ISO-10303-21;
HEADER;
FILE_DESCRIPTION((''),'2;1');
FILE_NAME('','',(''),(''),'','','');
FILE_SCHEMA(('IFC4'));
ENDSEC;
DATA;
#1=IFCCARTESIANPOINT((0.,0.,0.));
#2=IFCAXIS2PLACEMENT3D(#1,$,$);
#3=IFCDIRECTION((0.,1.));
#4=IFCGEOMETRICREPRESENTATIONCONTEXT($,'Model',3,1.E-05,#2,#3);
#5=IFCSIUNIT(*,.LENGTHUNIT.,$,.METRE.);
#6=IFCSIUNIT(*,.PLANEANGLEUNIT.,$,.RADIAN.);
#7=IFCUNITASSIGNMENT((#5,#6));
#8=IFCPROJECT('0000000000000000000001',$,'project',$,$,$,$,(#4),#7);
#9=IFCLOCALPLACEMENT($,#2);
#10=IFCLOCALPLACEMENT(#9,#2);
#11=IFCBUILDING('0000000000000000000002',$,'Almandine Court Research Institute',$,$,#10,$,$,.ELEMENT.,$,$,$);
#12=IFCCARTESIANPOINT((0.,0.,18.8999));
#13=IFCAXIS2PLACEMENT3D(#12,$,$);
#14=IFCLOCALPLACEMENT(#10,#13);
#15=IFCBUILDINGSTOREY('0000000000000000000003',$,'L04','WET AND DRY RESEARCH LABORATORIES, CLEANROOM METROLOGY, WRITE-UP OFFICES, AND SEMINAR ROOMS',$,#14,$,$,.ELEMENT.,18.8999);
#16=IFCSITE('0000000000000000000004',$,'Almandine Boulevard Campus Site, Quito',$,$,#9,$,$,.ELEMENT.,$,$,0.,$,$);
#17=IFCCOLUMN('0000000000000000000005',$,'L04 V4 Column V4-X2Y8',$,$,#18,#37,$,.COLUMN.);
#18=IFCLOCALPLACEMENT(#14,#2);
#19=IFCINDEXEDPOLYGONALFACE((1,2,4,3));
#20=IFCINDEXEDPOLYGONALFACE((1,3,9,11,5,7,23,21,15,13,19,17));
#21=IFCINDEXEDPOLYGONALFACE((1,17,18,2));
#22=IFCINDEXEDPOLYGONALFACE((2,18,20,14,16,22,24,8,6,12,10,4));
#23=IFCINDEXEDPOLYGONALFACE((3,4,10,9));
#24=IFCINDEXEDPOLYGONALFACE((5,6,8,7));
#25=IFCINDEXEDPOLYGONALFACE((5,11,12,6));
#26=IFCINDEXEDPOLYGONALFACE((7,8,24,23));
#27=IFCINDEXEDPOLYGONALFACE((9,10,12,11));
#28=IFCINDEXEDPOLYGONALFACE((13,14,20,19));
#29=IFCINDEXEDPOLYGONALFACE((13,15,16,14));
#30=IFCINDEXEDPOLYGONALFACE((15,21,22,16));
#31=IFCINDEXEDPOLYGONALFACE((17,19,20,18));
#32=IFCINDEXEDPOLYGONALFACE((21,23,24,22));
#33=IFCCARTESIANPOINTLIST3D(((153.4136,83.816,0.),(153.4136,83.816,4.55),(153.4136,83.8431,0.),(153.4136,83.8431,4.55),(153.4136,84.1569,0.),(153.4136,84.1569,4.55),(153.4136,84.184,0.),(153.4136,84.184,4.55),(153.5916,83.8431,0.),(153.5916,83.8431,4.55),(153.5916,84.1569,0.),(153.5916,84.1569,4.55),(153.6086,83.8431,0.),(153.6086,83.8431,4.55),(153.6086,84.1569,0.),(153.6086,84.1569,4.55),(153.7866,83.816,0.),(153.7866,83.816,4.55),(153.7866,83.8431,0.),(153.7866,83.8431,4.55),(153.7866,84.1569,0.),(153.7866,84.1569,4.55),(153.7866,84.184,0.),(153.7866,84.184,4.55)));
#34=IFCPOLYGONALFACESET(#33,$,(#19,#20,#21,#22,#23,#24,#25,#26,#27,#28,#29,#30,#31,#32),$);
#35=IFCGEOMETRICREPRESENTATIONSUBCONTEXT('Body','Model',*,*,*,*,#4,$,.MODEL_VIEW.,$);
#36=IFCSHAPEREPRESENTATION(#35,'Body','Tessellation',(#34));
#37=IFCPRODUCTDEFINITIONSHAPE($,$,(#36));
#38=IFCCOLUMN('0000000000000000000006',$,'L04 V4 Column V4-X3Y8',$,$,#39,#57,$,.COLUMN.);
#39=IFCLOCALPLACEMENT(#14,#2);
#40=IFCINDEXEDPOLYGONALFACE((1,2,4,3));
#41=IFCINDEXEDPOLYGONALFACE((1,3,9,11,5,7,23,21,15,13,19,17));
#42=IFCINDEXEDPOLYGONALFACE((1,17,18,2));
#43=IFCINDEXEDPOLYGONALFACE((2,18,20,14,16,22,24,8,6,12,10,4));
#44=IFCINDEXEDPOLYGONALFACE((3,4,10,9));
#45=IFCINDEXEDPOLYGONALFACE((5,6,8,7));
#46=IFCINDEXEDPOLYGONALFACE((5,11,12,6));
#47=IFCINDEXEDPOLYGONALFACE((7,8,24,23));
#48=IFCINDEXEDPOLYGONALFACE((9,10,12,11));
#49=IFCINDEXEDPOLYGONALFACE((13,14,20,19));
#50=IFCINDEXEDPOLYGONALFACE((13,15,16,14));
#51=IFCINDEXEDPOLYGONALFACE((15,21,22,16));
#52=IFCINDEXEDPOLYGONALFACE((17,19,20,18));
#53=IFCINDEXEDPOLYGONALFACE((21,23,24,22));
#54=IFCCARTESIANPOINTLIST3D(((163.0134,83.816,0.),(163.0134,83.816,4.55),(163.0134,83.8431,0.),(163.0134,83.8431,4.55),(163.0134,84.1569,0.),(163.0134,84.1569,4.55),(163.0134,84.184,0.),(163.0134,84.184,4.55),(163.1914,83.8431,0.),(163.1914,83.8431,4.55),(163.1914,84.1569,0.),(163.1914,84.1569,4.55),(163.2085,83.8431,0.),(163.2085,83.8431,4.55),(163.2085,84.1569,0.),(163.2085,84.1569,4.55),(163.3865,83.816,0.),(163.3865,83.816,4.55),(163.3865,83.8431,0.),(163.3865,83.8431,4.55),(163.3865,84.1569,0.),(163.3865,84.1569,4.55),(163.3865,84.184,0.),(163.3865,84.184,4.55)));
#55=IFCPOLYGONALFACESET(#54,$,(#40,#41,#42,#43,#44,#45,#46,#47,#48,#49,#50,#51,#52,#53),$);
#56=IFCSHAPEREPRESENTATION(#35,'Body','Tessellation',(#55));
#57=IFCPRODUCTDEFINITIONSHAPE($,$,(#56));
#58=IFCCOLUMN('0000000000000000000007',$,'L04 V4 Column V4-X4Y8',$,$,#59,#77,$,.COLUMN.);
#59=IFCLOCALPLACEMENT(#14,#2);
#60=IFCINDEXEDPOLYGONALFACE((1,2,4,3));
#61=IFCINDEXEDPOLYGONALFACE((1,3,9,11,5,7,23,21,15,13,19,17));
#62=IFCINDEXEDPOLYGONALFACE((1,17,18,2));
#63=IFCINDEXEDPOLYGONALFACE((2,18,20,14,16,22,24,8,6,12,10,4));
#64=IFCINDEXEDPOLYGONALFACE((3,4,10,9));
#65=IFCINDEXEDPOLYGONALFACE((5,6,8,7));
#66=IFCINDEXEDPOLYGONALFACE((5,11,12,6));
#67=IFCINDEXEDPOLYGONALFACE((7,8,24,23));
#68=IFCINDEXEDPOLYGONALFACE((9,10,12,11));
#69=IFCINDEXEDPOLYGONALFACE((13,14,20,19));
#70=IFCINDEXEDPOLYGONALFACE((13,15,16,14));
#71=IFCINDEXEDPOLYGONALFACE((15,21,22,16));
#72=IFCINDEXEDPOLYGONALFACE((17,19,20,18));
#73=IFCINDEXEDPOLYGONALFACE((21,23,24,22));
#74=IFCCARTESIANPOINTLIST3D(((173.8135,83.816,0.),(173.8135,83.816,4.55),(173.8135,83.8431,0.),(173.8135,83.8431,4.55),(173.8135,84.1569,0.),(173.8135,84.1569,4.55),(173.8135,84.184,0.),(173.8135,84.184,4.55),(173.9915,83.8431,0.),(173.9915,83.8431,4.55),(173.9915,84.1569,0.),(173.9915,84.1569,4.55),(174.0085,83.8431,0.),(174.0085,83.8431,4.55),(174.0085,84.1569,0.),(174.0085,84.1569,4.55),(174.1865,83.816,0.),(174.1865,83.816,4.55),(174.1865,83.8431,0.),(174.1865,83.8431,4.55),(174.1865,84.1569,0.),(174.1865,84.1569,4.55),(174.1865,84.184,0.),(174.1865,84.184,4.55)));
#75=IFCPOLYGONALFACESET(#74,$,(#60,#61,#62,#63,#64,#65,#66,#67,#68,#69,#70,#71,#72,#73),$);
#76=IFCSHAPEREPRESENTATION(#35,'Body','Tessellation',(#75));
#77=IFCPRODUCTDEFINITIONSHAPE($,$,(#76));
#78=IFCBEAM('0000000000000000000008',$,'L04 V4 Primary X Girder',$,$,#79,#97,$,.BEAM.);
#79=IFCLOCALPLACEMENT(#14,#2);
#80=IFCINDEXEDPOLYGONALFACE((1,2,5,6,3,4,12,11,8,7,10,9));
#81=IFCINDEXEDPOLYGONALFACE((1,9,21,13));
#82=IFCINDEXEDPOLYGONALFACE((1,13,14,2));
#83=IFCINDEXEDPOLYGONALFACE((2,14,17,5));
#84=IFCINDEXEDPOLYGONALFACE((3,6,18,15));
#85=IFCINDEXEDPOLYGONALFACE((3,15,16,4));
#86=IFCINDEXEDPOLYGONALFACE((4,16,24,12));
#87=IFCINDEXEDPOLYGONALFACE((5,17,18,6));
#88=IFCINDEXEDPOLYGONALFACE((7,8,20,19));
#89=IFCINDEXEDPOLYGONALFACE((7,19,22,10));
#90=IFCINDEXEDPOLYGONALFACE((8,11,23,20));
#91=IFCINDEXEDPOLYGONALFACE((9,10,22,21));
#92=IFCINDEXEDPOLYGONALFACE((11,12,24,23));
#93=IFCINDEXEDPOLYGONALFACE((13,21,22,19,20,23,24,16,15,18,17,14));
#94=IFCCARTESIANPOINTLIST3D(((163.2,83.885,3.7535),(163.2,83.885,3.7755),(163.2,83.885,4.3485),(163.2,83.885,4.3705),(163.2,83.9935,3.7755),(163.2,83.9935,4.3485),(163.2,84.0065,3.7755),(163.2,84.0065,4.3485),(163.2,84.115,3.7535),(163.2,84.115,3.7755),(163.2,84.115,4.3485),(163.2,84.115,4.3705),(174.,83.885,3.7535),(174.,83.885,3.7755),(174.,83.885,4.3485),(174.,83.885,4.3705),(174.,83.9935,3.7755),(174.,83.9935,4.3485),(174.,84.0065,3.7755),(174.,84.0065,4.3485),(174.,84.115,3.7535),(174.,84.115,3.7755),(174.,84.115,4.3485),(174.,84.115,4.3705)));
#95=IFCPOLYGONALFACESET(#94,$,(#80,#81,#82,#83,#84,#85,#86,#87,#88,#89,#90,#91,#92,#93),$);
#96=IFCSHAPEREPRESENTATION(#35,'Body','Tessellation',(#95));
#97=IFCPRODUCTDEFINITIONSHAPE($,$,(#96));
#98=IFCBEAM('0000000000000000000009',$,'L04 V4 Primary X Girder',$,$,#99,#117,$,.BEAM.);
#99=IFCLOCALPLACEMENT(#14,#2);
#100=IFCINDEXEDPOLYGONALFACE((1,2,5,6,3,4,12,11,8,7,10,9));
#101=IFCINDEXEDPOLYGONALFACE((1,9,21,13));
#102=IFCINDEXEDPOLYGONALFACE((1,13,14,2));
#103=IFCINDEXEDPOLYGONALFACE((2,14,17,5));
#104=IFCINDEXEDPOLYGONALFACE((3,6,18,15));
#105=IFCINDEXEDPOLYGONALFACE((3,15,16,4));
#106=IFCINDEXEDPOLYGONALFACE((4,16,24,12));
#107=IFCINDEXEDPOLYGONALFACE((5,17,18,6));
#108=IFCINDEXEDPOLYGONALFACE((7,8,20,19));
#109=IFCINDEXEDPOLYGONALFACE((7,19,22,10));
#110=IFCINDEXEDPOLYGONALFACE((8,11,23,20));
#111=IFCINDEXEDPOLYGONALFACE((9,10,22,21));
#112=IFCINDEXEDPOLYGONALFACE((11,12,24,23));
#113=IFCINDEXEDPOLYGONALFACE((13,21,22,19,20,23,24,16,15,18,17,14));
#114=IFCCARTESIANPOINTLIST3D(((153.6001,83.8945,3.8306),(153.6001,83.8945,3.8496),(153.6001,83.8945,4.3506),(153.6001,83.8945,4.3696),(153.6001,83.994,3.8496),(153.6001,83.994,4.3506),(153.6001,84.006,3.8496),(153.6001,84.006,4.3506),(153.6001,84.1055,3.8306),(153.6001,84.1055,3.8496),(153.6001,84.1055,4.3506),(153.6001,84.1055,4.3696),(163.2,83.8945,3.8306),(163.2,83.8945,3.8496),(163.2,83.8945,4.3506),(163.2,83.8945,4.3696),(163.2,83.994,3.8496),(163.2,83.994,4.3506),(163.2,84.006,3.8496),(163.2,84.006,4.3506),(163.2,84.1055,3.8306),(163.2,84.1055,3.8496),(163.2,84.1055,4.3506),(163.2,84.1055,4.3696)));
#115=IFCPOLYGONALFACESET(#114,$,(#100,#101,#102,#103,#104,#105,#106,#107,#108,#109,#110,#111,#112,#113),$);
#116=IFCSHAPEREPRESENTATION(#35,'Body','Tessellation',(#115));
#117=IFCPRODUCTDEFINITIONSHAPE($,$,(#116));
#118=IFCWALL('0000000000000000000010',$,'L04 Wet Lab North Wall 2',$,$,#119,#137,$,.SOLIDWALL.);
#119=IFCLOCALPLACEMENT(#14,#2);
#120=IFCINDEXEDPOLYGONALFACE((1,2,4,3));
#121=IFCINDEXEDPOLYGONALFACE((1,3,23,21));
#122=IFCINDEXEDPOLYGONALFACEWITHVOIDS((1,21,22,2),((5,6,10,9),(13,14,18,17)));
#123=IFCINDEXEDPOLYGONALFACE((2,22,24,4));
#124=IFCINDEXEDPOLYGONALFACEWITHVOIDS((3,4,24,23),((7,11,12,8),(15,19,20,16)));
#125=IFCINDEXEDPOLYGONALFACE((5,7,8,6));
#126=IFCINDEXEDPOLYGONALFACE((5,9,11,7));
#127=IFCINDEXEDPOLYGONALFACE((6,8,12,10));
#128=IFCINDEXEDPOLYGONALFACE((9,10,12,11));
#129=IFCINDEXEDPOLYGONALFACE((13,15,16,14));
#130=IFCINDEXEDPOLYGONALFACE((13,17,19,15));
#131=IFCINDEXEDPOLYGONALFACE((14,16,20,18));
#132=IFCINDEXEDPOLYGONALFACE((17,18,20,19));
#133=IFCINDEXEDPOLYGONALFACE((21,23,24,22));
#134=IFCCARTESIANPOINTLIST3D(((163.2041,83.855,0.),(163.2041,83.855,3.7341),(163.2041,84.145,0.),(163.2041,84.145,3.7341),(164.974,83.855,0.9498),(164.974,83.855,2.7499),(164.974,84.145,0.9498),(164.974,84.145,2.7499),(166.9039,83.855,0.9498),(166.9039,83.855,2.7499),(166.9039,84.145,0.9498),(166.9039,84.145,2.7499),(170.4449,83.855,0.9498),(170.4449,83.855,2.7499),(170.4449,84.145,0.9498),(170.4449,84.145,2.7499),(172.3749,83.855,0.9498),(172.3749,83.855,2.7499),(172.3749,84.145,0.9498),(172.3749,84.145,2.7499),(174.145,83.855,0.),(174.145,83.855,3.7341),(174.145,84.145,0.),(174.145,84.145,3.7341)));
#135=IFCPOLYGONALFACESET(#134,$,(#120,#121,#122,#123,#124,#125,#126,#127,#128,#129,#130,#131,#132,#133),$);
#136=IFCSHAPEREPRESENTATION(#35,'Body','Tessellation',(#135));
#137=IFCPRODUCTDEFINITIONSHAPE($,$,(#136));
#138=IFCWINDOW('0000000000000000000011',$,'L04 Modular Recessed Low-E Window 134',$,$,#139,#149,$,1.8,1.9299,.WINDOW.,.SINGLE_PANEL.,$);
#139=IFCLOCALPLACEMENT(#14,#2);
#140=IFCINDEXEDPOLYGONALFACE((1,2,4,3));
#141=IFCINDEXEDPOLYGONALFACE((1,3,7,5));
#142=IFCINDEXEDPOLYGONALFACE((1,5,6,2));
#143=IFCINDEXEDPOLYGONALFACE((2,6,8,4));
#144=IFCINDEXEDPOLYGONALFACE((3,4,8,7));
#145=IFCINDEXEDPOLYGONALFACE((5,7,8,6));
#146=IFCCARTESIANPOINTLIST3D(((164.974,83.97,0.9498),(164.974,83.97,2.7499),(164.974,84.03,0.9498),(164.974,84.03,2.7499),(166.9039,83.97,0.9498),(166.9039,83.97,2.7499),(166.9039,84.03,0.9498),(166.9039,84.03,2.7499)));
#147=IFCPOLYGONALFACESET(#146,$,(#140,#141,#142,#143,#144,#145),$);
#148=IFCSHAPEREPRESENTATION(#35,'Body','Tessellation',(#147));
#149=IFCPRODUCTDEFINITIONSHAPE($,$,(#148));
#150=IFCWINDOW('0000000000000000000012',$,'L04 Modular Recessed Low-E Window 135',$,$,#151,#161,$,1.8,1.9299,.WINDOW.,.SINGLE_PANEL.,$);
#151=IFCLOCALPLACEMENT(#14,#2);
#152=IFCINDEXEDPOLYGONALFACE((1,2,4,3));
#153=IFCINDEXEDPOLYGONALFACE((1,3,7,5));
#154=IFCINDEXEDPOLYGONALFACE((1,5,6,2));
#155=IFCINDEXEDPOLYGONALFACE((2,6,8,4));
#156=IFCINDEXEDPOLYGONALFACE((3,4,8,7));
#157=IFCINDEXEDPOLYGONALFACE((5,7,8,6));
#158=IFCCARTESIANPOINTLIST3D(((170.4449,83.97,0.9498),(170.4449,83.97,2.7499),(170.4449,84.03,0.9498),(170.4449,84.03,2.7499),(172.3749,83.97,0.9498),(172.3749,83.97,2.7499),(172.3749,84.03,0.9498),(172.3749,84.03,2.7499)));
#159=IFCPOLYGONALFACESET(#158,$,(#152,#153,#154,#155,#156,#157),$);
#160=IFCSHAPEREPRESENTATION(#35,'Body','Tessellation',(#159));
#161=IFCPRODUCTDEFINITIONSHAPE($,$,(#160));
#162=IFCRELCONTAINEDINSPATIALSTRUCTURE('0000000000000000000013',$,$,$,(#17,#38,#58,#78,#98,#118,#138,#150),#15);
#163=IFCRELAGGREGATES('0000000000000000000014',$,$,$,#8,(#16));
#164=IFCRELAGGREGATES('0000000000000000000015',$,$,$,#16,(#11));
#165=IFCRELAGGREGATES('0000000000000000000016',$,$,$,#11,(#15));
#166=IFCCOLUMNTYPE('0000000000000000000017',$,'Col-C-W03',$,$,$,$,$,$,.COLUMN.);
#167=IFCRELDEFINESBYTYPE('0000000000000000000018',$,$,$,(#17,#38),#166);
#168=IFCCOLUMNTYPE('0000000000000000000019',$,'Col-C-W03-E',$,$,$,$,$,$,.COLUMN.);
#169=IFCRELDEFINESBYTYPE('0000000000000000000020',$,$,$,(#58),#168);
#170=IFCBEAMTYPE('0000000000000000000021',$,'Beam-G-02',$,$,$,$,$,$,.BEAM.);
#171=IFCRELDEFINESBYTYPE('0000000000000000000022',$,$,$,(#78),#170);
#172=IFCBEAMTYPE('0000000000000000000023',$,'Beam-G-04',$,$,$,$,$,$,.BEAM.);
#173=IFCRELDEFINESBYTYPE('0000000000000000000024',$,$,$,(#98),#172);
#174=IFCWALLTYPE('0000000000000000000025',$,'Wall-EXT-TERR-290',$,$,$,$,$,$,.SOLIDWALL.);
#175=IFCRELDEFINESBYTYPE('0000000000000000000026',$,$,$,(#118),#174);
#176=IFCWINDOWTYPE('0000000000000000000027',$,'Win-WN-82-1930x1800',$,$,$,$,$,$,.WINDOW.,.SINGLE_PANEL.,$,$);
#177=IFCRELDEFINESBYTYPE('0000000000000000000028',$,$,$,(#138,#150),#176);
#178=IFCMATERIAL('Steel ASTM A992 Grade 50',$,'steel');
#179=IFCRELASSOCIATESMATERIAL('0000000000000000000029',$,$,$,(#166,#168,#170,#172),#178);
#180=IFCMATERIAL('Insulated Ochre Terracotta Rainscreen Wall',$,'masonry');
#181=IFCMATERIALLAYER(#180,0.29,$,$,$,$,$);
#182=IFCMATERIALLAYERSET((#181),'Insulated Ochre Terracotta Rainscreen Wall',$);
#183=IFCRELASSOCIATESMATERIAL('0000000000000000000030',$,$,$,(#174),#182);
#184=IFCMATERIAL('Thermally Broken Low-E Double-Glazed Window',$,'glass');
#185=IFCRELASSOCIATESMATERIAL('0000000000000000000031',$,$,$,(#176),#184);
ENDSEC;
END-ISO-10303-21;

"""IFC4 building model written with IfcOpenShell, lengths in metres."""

from ifc_helpers import new_model, si_unit, direction, frame, frame_2d, origin, origin_2d, place, context, subcontext, project, spatial, rectangle, i_section, extrude, material, layer, layer_set, material_profile, profile_set, type_object, element, fill, save


model = new_model("IFC4")

# Units and contexts
model_context = context("Model", 3, precision=1e-05, world=origin(), true_north=direction((0.0, 1.0)))
body_context = subcontext(model_context, "Body", "Model", "MODEL_VIEW")
ifc_project = project(units=[si_unit("LENGTHUNIT", "METRE"), si_unit("PLANEANGLEUNIT", "RADIAN")], contexts=[model_context])

# Site, building, storey
site_placement = place(None, origin())
site = spatial("IfcSite", under=ifc_project, at=site_placement, Name="Almandine Boulevard Campus Site, Quito", CompositionType="ELEMENT", RefElevation=0.0)
building_placement = place(site_placement, origin())
building = spatial("IfcBuilding", under=site, at=building_placement, Name="Almandine Court Research Institute", CompositionType="ELEMENT")
storey_placement = place(building_placement, frame((0.0, 0.0, 18.8999)))
storey = spatial("IfcBuildingStorey", under=building, at=storey_placement, Name="L04", Description="WET AND DRY RESEARCH LABORATORIES, CLEANROOM METROLOGY, WRITE-UP OFFICES, AND SEMINAR ROOMS", CompositionType="ELEMENT", Elevation=18.8999)

# Columns
ifc_material_1 = material(Name="Steel ASTM A992 Grade 50", Category="steel")
ifc_material_profile_1 = material_profile(ifc_material_1, i_section(OverallWidth=0.373, OverallDepth=0.3679, WebThickness=0.0171, FlangeThickness=0.0271, at=origin_2d()), Name="W360x179")
ifc_profile_set_1 = profile_set([ifc_material_profile_1], Name="Steel ASTM A992 Grade 50")
column_type_1 = type_object("IfcColumnType", Name="Col-C-W03", PredefinedType="COLUMN", material=ifc_profile_set_1)
for number, where, z_axis, x_axis, name in (
    (1, (153.6001, 84.0, 0.0), (0.0, 0.0, 1.0), (1.0, 0.0, 0.0), "L04 V4 Column V4-X2Y8"),
    (2, (163.2, 84.0, 0.0), (0.0, 0.0, 1.0), (1.0, 0.0, 0.0), "L04 V4 Column V4-X3Y8"),
):
    element("IfcColumn", number, at=place(storey_placement, frame(where, z_axis=z_axis, x_axis=x_axis)), inside=storey, type_object=column_type_1, Name=name, PredefinedType="COLUMN", context=body_context, shape_type="SweptSolid", body=[
        extrude(i_section(OverallWidth=0.373, OverallDepth=0.3679, WebThickness=0.0171, FlangeThickness=0.0271, at=origin_2d()), origin(), (0.0, 0.0, 1.0), 4.55),
    ])
ifc_material_profile_2 = material_profile(ifc_material_1, i_section(OverallWidth=0.373, OverallDepth=0.3679, WebThickness=0.0171, FlangeThickness=0.0271, at=origin_2d()), Name="W360x179")
ifc_profile_set_2 = profile_set([ifc_material_profile_2], Name="Steel ASTM A992 Grade 50")
column_type_2 = type_object("IfcColumnType", Name="Col-C-W03-E", PredefinedType="COLUMN", material=ifc_profile_set_2)
column_placement = place(storey_placement, frame((174.0, 84.0, 0.0), z_axis=(0.0, 0.0, 1.0), x_axis=(1.0, 0.0, 0.0)))
element("IfcColumn", 3, at=column_placement, inside=storey, type_object=column_type_2, Name="L04 V4 Column V4-X4Y8", PredefinedType="COLUMN", context=body_context, shape_type="SweptSolid", body=[
    extrude(i_section(OverallWidth=0.373, OverallDepth=0.3679, WebThickness=0.0171, FlangeThickness=0.0271, at=origin_2d()), origin(), (0.0, 0.0, 1.0), 4.55),
])

# Beams
ifc_material_profile_3 = material_profile(ifc_material_1, i_section(OverallWidth=0.23, OverallDepth=0.6169, WebThickness=0.0129, FlangeThickness=0.022, at=origin_2d()), Name="W610x140")
ifc_profile_set_3 = profile_set([ifc_material_profile_3], Name="Steel ASTM A992 Grade 50")
beam_type_1 = type_object("IfcBeamType", Name="Beam-G-02", PredefinedType="BEAM", material=ifc_profile_set_3)
beam_1_placement = place(storey_placement, frame((163.2, 84.0, 4.062), z_axis=(1.0, 0.0, 0.0), x_axis=(0.0, 1.0, 0.0)))
element("IfcBeam", 4, at=beam_1_placement, inside=storey, type_object=beam_type_1, Name="L04 V4 Primary X Girder", PredefinedType="BEAM", context=body_context, shape_type="SweptSolid", body=[
    extrude(i_section(OverallWidth=0.23, OverallDepth=0.6169, WebThickness=0.0129, FlangeThickness=0.022, at=origin_2d()), origin(), (0.0, 0.0, 1.0), 10.8),
])
ifc_material_profile_4 = material_profile(ifc_material_1, i_section(OverallWidth=0.2109, OverallDepth=0.5391, WebThickness=0.012, FlangeThickness=0.019, at=origin_2d()), Name="W530x109")
ifc_profile_set_4 = profile_set([ifc_material_profile_4], Name="Steel ASTM A992 Grade 50")
beam_type_2 = type_object("IfcBeamType", Name="Beam-G-04", PredefinedType="BEAM", material=ifc_profile_set_4)
beam_2_placement = place(storey_placement, frame((153.6001, 84.0, 4.1001), z_axis=(1.0, 0.0, 0.0), x_axis=(0.0, 1.0, 0.0)))
element("IfcBeam", 5, at=beam_2_placement, inside=storey, type_object=beam_type_2, Name="L04 V4 Primary X Girder", PredefinedType="BEAM", context=body_context, shape_type="SweptSolid", body=[
    extrude(i_section(OverallWidth=0.2109, OverallDepth=0.5391, WebThickness=0.012, FlangeThickness=0.019, at=origin_2d()), origin(), (0.0, 0.0, 1.0), 9.5999),
])

# Wall, openings, windows
ifc_material_2 = material(Name="Insulated Ochre Terracotta Rainscreen Wall", Category="masonry")
ifc_layer_1 = layer(ifc_material_2, 0.29)
ifc_layer_set_1 = layer_set([ifc_layer_1], Name="Insulated Ochre Terracotta Rainscreen Wall")
wall_type_1 = type_object("IfcWallType", Name="Wall-EXT-TERR-290", PredefinedType="SOLIDWALL", material=ifc_layer_set_1)
wall_1_placement = place(storey_placement, frame((163.2041, 84.0, 0.0), z_axis=(0.0, 0.0, 1.0), x_axis=(1.0, 0.0, 0.0)))
wall_1 = element("IfcWall", 6, at=wall_1_placement, inside=storey, type_object=wall_type_1, Name="L04 Wet Lab North Wall 2", PredefinedType="SOLIDWALL", context=body_context, shape_type="SweptSolid", body=[
    extrude(rectangle(XDim=10.9409, YDim=0.29, at=frame_2d((5.4705, 0.0))), origin(), (0.0, 0.0, 1.0), 3.7341),
])
opening_1_placement = place(wall_1_placement, frame((1.77, 0.0, 0.95)))
opening_1 = element("IfcOpeningElement", 7, at=opening_1_placement, cuts=wall_1, PredefinedType="OPENING", context=body_context, shape_type="SweptSolid", body=[
    extrude(rectangle(XDim=1.9299, YDim=1.8, at=frame_2d((0.9648, 0.8999))), frame((0.0, 0.155, 0.0), z_axis=(0.0, -1.0, 0.0), x_axis=(1.0, 0.0, 0.0)), (0.0, 0.0, 1.0), 0.3101),
])
opening_2_placement = place(wall_1_placement, frame((7.241, 0.0, 0.95)))
opening_2 = element("IfcOpeningElement", 8, at=opening_2_placement, cuts=wall_1, PredefinedType="OPENING", context=body_context, shape_type="SweptSolid", body=[
    extrude(rectangle(XDim=1.9299, YDim=1.8, at=frame_2d((0.9648, 0.8999))), frame((0.0, 0.155, 0.0), z_axis=(0.0, -1.0, 0.0), x_axis=(1.0, 0.0, 0.0)), (0.0, 0.0, 1.0), 0.3101),
])
ifc_material_3 = material(Name="Thermally Broken Low-E Double-Glazed Window", Category="glass")
window_type_1 = type_object("IfcWindowType", Name="Win-WN-82-1930x1800", PartitioningType="SINGLE_PANEL", PredefinedType="WINDOW", material=ifc_material_3)
window_1_placement = place(opening_1_placement, origin())
window_1 = element("IfcWindow", 9, at=window_1_placement, inside=storey, type_object=window_type_1, Name="L04 Modular Recessed Low-E Window 134", OverallHeight=1.8, OverallWidth=1.9299, PartitioningType="SINGLE_PANEL", PredefinedType="WINDOW", context=body_context, shape_type="SweptSolid", body=[
    extrude(rectangle(XDim=1.9299, YDim=1.8, at=frame_2d((0.9648, 0.8999))), frame((0.0, 0.03, 0.0), z_axis=(0.0, -1.0, 0.0), x_axis=(1.0, 0.0, 0.0)), (0.0, 0.0, 1.0), 0.0601),
])
fill(opening_1, window_1)
window_2_placement = place(opening_2_placement, origin())
window_2 = element("IfcWindow", 10, at=window_2_placement, inside=storey, type_object=window_type_1, Name="L04 Modular Recessed Low-E Window 135", OverallHeight=1.8, OverallWidth=1.9299, PartitioningType="SINGLE_PANEL", PredefinedType="WINDOW", context=body_context, shape_type="SweptSolid", body=[
    extrude(rectangle(XDim=1.9299, YDim=1.8, at=frame_2d((0.9648, 0.8999))), frame((0.0, 0.03, 0.0), z_axis=(0.0, -1.0, 0.0), x_axis=(1.0, 0.0, 0.0)), (0.0, 0.0, 1.0), 0.0601),
])
fill(opening_2, window_2)

save(model, "model.ifc")
